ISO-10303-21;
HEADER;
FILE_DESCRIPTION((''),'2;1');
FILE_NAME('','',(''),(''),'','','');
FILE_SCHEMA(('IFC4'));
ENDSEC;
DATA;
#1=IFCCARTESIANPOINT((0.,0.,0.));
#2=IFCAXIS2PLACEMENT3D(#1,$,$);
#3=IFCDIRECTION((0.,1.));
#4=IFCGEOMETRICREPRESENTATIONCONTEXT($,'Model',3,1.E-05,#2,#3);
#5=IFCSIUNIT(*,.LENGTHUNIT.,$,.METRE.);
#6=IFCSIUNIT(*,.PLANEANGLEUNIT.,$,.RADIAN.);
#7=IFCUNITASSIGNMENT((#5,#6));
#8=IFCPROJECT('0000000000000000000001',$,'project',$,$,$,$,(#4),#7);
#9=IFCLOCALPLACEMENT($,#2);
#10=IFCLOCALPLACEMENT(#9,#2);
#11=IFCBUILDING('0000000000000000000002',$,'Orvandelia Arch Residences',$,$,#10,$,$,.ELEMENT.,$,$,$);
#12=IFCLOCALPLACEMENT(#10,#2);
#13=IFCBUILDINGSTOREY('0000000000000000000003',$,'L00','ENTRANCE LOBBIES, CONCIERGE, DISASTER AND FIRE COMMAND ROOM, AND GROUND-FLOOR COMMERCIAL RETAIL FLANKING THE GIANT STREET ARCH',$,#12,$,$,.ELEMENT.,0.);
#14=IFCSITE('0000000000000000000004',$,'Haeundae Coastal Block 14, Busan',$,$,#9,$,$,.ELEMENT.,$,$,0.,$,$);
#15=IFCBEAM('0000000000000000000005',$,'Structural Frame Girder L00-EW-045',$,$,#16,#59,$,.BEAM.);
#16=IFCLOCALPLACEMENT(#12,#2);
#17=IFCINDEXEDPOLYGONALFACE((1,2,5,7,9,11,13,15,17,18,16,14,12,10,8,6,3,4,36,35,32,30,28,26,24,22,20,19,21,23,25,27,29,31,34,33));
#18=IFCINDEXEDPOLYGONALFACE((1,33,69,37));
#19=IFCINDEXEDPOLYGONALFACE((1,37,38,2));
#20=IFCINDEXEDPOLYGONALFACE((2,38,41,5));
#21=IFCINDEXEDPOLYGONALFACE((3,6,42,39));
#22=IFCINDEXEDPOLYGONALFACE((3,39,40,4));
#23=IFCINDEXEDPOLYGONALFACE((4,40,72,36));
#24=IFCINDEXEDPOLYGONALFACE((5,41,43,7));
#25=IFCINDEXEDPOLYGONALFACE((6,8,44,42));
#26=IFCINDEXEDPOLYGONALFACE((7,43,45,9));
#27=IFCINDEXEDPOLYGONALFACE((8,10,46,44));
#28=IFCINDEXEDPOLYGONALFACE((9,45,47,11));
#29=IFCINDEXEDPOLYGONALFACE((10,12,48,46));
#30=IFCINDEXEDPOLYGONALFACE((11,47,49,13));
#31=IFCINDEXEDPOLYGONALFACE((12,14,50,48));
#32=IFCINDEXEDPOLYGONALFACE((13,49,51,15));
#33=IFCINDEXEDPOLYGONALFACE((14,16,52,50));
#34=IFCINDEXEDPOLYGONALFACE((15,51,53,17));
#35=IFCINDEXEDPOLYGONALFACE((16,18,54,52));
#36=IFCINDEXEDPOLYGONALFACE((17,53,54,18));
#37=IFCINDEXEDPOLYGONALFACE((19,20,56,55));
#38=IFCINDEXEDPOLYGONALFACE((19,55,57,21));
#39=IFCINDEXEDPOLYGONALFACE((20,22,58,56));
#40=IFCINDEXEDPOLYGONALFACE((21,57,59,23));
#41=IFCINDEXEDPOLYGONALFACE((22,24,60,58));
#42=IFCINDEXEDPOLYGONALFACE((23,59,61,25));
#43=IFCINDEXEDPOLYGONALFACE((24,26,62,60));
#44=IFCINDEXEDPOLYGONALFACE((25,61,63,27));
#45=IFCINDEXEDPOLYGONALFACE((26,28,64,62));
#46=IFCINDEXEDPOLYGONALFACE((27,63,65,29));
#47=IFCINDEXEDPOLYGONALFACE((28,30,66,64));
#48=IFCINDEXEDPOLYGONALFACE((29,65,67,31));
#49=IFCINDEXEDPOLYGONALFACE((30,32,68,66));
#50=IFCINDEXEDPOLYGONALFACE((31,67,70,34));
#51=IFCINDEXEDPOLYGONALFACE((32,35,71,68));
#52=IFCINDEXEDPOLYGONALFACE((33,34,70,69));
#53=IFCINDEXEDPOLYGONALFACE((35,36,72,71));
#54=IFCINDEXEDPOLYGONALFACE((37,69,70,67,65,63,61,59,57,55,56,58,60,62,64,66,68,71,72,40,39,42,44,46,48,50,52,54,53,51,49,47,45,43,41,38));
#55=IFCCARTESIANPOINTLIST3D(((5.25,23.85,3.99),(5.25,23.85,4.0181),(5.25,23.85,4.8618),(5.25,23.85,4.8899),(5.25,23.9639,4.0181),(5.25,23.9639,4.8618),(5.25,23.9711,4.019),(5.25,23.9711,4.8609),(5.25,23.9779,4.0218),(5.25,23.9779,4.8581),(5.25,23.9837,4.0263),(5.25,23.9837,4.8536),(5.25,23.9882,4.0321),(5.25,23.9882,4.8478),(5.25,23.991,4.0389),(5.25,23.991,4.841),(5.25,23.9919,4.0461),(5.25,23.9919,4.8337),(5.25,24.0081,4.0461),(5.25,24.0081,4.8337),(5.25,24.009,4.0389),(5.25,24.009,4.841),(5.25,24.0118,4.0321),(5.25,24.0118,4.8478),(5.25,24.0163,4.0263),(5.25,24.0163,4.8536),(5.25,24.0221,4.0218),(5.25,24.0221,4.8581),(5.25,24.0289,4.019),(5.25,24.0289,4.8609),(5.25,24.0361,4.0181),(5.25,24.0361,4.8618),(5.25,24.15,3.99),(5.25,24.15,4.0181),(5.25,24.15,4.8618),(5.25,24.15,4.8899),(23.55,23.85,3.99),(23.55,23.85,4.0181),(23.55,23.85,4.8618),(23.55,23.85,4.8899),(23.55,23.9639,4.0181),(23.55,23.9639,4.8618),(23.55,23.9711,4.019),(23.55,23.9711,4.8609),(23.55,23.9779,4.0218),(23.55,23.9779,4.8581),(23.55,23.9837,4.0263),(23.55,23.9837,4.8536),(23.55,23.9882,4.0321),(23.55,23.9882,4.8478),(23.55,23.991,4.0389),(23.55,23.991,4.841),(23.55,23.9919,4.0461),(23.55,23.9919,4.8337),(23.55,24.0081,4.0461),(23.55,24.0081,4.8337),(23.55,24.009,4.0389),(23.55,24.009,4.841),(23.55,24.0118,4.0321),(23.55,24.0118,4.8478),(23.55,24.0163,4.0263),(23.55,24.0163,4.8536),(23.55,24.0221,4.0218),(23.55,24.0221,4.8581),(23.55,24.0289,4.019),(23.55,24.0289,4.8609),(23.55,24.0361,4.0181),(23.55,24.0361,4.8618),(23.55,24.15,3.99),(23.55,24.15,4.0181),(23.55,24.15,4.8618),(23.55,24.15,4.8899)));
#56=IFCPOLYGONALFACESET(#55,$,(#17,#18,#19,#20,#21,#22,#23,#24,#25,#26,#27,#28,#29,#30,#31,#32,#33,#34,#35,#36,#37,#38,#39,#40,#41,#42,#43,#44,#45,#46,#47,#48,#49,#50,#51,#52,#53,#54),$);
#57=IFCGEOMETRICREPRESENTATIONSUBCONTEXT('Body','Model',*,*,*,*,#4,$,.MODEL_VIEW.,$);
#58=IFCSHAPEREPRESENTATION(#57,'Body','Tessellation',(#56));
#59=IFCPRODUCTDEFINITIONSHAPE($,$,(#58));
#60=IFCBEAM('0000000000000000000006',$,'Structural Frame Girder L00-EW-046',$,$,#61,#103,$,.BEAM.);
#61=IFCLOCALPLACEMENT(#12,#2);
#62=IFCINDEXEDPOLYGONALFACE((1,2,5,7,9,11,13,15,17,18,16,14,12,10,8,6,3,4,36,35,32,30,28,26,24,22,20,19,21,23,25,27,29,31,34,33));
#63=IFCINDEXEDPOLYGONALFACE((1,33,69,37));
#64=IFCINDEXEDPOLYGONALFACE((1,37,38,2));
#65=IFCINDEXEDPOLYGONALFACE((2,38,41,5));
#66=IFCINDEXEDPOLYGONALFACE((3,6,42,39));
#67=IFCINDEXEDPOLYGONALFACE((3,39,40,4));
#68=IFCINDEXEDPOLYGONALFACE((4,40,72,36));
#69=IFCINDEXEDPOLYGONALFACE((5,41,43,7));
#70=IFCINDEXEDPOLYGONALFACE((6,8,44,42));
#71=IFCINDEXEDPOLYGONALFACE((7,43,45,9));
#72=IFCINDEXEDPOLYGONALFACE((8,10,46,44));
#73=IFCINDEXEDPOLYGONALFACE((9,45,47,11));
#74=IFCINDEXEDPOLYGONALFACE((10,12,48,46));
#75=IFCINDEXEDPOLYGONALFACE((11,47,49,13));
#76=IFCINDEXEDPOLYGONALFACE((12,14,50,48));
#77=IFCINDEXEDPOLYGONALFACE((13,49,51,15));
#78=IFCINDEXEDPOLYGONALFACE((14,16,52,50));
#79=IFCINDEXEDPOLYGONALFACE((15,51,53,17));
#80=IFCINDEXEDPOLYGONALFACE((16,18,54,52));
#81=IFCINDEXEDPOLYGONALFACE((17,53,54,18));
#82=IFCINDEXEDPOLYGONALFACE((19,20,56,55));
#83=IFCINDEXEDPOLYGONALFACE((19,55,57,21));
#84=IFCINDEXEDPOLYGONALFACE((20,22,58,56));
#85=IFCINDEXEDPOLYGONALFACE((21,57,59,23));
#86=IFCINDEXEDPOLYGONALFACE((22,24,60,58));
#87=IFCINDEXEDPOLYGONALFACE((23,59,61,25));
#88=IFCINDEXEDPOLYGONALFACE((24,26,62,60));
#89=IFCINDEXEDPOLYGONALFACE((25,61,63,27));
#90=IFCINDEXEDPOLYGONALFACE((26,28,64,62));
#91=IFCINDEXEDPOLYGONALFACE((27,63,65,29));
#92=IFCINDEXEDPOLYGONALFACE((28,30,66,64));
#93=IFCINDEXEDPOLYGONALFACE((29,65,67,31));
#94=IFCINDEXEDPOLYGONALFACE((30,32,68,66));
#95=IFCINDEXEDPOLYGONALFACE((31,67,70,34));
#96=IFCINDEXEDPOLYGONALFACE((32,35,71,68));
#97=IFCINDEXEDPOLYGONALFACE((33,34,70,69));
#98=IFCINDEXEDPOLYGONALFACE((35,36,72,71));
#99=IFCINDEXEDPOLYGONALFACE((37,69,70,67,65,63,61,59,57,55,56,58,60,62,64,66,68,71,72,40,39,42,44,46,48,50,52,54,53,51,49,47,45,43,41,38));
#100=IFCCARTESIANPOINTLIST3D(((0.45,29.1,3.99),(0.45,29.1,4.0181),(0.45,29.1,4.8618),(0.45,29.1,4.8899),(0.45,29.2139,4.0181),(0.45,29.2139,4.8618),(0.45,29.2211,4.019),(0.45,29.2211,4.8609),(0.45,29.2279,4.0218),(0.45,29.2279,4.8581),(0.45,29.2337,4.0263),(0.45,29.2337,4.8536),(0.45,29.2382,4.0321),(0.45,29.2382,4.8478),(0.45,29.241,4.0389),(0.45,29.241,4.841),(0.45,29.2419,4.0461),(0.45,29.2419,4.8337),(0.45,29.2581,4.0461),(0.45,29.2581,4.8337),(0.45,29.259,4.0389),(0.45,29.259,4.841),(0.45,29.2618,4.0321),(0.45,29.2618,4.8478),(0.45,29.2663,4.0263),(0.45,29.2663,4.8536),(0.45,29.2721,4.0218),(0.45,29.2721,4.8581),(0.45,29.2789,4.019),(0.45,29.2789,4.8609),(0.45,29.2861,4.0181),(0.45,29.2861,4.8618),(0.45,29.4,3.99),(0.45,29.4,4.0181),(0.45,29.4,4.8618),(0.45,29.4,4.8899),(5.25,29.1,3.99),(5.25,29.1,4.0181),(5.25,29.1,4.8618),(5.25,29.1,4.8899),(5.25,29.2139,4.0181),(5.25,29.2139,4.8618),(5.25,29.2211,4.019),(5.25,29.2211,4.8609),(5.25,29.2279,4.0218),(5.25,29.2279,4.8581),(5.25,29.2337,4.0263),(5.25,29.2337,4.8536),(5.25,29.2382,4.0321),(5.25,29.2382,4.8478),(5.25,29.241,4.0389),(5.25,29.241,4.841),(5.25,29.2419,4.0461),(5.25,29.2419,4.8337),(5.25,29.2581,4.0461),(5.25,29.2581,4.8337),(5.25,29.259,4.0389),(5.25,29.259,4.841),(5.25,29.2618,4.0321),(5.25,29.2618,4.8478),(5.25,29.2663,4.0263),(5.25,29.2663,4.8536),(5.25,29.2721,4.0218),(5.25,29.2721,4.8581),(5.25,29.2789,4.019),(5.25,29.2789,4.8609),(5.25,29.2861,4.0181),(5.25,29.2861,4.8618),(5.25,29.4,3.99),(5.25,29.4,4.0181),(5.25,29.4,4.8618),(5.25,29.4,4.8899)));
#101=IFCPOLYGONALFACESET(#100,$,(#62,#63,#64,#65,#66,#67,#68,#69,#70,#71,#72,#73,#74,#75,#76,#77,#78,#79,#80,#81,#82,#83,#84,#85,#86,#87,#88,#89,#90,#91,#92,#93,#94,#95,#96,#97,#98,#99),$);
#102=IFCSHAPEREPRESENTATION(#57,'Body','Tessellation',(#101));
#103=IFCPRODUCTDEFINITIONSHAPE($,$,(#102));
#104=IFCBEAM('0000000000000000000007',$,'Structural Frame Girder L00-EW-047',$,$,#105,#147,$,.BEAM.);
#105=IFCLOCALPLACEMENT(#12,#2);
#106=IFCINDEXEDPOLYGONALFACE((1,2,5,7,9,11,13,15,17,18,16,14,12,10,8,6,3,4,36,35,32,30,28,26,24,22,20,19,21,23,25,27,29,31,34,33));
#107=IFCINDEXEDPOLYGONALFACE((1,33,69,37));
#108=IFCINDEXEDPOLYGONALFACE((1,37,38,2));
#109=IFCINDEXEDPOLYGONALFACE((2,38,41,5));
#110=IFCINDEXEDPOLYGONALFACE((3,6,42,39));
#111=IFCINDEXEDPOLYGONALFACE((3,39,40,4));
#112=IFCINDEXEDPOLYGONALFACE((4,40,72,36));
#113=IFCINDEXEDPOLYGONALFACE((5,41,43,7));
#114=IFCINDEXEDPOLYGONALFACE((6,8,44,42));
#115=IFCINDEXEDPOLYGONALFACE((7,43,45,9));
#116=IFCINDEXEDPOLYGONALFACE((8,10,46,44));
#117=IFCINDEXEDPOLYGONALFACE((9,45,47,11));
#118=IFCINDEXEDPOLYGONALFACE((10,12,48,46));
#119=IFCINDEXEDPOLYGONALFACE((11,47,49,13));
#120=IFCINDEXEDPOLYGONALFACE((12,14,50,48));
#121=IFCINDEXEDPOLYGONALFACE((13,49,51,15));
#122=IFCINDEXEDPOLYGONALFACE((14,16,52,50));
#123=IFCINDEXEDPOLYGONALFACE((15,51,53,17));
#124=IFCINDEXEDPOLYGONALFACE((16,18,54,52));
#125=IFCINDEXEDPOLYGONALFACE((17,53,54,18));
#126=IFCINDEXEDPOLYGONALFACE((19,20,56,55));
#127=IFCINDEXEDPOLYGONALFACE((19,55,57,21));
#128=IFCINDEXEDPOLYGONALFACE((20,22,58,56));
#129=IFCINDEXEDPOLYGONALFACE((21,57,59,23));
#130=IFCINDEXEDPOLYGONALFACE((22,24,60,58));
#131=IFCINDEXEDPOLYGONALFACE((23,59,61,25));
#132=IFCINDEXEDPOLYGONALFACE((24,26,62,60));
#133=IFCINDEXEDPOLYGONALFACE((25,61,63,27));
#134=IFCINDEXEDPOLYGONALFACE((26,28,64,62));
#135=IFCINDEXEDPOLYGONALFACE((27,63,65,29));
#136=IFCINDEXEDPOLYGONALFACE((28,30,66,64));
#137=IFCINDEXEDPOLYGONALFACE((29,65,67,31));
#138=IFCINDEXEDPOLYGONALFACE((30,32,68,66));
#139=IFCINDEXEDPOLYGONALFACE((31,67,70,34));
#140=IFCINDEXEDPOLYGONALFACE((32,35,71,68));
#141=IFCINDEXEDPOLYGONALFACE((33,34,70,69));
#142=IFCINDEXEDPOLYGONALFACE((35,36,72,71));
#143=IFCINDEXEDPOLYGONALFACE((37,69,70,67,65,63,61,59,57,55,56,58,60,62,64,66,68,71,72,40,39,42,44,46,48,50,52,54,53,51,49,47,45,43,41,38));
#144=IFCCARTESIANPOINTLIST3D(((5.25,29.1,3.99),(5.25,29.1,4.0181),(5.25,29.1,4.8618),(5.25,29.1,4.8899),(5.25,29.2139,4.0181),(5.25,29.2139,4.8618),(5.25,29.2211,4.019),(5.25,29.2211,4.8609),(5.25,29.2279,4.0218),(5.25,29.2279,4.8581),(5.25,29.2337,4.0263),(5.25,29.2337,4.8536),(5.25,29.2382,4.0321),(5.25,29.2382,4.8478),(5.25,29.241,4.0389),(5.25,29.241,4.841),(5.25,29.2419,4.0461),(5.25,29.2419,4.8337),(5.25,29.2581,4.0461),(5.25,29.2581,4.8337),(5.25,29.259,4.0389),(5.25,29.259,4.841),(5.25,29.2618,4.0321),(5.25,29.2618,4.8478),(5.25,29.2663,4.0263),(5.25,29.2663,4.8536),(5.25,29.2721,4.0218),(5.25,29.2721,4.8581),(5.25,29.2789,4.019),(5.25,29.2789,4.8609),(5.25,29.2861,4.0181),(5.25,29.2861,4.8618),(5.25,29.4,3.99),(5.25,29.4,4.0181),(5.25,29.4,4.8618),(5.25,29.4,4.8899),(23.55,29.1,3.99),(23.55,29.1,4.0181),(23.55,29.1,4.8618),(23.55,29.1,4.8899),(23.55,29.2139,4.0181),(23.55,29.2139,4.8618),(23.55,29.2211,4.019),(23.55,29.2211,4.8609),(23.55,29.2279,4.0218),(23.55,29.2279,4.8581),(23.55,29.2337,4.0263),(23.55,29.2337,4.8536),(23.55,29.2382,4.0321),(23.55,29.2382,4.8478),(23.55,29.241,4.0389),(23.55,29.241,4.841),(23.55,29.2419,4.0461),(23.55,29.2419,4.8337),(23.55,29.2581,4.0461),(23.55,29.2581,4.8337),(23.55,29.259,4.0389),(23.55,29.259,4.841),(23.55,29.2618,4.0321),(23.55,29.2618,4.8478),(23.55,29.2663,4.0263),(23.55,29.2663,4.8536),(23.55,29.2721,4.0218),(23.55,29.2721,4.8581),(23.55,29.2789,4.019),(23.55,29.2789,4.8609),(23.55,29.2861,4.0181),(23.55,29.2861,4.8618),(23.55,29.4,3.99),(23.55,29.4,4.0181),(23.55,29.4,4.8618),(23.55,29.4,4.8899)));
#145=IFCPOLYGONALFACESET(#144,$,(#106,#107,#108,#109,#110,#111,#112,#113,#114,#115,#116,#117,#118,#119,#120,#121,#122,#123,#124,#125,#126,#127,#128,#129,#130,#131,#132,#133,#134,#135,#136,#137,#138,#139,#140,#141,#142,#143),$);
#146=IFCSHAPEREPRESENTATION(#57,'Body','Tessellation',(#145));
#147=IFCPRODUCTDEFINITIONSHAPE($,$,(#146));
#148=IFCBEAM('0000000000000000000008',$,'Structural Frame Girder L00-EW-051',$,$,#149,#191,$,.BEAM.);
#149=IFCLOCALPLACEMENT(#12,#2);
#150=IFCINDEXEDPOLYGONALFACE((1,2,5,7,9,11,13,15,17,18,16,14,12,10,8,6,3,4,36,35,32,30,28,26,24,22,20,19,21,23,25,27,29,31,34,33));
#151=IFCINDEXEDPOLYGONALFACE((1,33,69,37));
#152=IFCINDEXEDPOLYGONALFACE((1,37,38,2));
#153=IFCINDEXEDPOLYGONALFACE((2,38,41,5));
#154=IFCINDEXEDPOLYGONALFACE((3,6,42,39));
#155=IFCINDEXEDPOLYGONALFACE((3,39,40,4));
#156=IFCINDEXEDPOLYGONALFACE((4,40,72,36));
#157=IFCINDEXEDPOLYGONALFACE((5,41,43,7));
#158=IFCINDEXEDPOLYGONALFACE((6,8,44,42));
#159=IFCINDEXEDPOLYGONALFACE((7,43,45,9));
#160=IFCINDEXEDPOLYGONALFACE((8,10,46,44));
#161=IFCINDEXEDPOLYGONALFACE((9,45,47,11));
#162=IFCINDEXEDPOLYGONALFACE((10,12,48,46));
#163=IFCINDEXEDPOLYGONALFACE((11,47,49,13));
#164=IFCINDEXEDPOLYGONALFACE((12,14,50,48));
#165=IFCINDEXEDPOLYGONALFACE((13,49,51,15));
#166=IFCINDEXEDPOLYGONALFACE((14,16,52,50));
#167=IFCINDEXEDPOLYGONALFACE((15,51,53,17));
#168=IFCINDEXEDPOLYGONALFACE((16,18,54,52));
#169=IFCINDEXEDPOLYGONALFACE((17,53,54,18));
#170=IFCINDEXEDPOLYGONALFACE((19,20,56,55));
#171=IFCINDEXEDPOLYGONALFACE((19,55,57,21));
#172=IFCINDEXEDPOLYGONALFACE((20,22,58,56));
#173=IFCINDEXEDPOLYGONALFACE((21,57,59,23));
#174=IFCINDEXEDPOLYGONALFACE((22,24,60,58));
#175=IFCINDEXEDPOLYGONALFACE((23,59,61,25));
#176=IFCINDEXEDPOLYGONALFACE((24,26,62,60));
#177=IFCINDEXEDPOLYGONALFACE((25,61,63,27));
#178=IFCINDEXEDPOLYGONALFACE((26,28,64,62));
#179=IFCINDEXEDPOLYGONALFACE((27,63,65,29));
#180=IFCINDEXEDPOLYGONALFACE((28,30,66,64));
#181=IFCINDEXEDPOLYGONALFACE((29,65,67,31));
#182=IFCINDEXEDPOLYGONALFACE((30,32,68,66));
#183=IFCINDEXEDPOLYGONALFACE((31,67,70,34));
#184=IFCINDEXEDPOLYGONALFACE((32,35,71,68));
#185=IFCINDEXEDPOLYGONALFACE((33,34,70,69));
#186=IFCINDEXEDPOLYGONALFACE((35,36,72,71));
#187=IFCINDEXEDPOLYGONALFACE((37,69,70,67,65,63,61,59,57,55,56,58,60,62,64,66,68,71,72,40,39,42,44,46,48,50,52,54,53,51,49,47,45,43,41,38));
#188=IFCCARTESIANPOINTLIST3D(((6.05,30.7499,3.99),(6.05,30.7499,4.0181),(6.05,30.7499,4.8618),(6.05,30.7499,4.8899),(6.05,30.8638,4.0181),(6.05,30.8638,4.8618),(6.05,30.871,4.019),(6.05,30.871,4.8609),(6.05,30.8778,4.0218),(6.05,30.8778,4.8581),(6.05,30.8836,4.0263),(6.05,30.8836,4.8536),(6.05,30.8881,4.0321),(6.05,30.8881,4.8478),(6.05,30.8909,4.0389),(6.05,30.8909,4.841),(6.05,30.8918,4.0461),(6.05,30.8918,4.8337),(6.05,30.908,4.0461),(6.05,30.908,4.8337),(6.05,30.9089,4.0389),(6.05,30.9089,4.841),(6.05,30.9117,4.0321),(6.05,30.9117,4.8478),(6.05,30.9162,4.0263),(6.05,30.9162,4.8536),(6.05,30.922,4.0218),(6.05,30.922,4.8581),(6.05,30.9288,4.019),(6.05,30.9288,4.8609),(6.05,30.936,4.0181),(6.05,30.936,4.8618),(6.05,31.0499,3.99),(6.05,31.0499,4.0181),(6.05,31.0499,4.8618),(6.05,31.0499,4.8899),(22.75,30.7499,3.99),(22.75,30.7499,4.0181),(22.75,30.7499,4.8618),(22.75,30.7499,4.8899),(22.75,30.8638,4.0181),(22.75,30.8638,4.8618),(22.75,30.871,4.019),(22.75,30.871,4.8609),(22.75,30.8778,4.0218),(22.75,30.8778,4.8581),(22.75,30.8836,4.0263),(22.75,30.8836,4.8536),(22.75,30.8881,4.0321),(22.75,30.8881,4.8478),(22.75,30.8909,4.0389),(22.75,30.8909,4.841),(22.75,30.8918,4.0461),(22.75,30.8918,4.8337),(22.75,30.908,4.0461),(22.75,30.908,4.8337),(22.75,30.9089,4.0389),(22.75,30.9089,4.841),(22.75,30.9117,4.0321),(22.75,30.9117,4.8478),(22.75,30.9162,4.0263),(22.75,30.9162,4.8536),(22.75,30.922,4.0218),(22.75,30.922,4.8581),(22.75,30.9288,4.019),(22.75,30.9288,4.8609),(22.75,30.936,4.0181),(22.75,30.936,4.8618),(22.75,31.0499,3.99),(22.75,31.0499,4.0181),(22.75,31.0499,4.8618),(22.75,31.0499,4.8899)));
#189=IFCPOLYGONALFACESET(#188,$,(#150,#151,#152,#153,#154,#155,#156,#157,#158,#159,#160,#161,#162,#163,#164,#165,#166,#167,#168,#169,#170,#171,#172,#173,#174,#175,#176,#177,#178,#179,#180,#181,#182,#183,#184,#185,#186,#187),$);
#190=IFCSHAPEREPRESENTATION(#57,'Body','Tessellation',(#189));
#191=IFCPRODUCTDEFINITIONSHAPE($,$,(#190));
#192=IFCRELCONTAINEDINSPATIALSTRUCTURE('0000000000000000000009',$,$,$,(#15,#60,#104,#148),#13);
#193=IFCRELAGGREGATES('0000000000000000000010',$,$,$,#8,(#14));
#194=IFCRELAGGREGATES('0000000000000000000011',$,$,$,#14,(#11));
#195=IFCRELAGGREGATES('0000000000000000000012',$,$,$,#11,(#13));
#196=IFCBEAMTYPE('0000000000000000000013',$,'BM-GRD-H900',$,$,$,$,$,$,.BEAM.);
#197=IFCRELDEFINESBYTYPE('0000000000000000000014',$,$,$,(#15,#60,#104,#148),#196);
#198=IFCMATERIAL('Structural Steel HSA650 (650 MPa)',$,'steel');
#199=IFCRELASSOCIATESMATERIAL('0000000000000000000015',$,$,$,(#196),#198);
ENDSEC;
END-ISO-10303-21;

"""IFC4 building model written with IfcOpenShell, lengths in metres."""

from ifc_helpers import new_model, si_unit, direction, frame, origin, origin_2d, place, context, subcontext, project, spatial, i_section, extrude, material, material_profile, profile_set, type_object, element, save


model = new_model("IFC4")

# Units and contexts
model_context = context("Model", 3, precision=1e-05, world=origin(), true_north=direction((0.0, 1.0)))
body_context = subcontext(model_context, "Body", "Model", "MODEL_VIEW")
ifc_project = project(units=[si_unit("LENGTHUNIT", "METRE"), si_unit("PLANEANGLEUNIT", "RADIAN")], contexts=[model_context])

# Site, building, storey
site_placement = place(None, origin())
site = spatial("IfcSite", under=ifc_project, at=site_placement, Name="Haeundae Coastal Block 14, Busan", CompositionType="ELEMENT", RefElevation=0.0)
building_placement = place(site_placement, origin())
building = spatial("IfcBuilding", under=site, at=building_placement, Name="Orvandelia Arch Residences", CompositionType="ELEMENT")
storey_placement = place(building_placement, origin())
storey = spatial("IfcBuildingStorey", under=building, at=storey_placement, Name="L00", Description="ENTRANCE LOBBIES, CONCIERGE, DISASTER AND FIRE COMMAND ROOM, AND GROUND-FLOOR COMMERCIAL RETAIL FLANKING THE GIANT STREET ARCH", CompositionType="ELEMENT", Elevation=0.0)

# Beams
ifc_material_1 = material(Name="Structural Steel HSA650 (650 MPa)", Category="steel")
ifc_material_profile_1 = material_profile(ifc_material_1, i_section(OverallWidth=0.3, OverallDepth=0.8999, WebThickness=0.0161, FlangeThickness=0.0281, FilletRadius=0.0281, at=origin_2d()), Name="Structural Steel HSA650 (650 MPa)", Category="steel")
ifc_profile_set_1 = profile_set([ifc_material_profile_1], Name="Structural Steel HSA650 (650 MPa)")
beam_type_1 = type_object("IfcBeamType", Name="BM-GRD-H900", PredefinedType="BEAM", material=ifc_profile_set_1)
for number, where, z_axis, x_axis, name in (
    (1, (5.25, 24.0, 4.4399), (1.0, 0.0, 0.0), (0.0, 1.0, 0.0), "Structural Frame Girder L00-EW-045"),
):
    element("IfcBeam", number, at=place(storey_placement, frame(where, z_axis=z_axis, x_axis=x_axis)), inside=storey, type_object=beam_type_1, Name=name, PredefinedType="BEAM", context=body_context, shape_type="SweptSolid", body=[
        extrude(i_section(OverallWidth=0.3, OverallDepth=0.8999, WebThickness=0.0161, FlangeThickness=0.0281, FilletRadius=0.0281, at=origin_2d()), origin(), (0.0, 0.0, 1.0), 18.3),
    ])
beam_1_placement = place(storey_placement, frame((0.45, 29.25, 4.4399), z_axis=(1.0, 0.0, 0.0), x_axis=(0.0, 1.0, 0.0)))
element("IfcBeam", 2, at=beam_1_placement, inside=storey, type_object=beam_type_1, Name="Structural Frame Girder L00-EW-046", PredefinedType="BEAM", context=body_context, shape_type="SweptSolid", body=[
    extrude(i_section(OverallWidth=0.3, OverallDepth=0.8999, WebThickness=0.0161, FlangeThickness=0.0281, FilletRadius=0.0281, at=origin_2d()), origin(), (0.0, 0.0, 1.0), 4.8),
])
beam_2_placement = place(storey_placement, frame((5.25, 29.25, 4.4399), z_axis=(1.0, 0.0, 0.0), x_axis=(0.0, 1.0, 0.0)))
element("IfcBeam", 3, at=beam_2_placement, inside=storey, type_object=beam_type_1, Name="Structural Frame Girder L00-EW-047", PredefinedType="BEAM", context=body_context, shape_type="SweptSolid", body=[
    extrude(i_section(OverallWidth=0.3, OverallDepth=0.8999, WebThickness=0.0161, FlangeThickness=0.0281, FilletRadius=0.0281, at=origin_2d()), origin(), (0.0, 0.0, 1.0), 18.3),
])
beam_3_placement = place(storey_placement, frame((6.05, 30.8999, 4.4399), z_axis=(1.0, 0.0, 0.0), x_axis=(0.0, 1.0, 0.0)))
element("IfcBeam", 4, at=beam_3_placement, inside=storey, type_object=beam_type_1, Name="Structural Frame Girder L00-EW-051", PredefinedType="BEAM", context=body_context, shape_type="SweptSolid", body=[
    extrude(i_section(OverallWidth=0.3, OverallDepth=0.8999, WebThickness=0.0161, FlangeThickness=0.0281, FilletRadius=0.0281, at=origin_2d()), origin(), (0.0, 0.0, 1.0), 16.7),
])

save(model, "model.ifc")
